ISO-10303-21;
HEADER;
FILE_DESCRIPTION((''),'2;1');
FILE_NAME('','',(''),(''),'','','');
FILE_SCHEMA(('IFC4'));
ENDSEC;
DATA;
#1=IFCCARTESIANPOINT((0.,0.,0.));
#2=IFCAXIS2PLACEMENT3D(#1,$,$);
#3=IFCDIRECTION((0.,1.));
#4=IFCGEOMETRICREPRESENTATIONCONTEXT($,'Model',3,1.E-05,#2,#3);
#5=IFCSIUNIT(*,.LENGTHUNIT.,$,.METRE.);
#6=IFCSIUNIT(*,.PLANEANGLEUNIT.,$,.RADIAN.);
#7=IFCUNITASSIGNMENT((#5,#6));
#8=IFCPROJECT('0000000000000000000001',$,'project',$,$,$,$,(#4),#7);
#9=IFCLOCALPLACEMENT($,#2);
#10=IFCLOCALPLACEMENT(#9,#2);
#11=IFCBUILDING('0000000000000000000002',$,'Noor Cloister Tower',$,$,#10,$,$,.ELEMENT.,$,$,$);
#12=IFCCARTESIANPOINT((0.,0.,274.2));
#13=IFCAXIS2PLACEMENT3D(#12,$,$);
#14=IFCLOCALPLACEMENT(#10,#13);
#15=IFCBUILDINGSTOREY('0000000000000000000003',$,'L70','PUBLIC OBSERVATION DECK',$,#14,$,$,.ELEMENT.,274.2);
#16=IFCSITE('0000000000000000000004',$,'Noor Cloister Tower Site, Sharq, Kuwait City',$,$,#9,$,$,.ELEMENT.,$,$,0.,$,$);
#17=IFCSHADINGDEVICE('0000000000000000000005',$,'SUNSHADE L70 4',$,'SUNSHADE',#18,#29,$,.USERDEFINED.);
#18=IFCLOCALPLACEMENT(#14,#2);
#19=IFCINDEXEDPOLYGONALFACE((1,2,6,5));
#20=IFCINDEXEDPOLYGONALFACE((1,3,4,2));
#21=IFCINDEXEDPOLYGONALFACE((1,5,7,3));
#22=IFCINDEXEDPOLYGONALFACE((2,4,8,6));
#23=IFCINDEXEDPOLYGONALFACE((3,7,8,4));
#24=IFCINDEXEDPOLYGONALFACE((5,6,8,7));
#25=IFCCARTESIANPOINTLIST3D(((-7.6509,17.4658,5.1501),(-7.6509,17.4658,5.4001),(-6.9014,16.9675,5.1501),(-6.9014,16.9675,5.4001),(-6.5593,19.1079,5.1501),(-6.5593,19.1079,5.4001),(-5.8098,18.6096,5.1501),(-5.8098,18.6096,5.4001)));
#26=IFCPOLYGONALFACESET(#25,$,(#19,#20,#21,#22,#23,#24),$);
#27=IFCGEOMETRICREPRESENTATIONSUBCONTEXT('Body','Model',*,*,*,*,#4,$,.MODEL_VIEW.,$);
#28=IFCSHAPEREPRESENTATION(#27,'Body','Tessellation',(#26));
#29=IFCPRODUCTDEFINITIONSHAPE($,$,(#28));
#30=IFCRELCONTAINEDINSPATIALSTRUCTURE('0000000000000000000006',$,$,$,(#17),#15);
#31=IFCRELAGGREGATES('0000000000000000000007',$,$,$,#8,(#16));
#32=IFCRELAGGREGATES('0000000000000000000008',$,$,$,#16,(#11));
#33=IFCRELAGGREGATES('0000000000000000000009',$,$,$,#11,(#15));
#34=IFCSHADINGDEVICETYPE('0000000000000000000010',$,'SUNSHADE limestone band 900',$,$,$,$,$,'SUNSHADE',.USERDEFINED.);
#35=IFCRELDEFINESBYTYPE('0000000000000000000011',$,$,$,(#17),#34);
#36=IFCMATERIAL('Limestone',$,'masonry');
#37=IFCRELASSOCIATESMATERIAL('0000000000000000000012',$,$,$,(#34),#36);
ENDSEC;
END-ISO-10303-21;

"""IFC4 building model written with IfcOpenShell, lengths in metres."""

from ifc_helpers import new_model, si_unit, direction, frame, origin, place, context, subcontext, project, spatial, polyline, outline, extrude, material, type_object, element, save


model = new_model("IFC4")

# Units and contexts
model_context = context("Model", 3, precision=1e-05, world=origin(), true_north=direction((0.0, 1.0)))
body_context = subcontext(model_context, "Body", "Model", "MODEL_VIEW")
ifc_project = project(units=[si_unit("LENGTHUNIT", "METRE"), si_unit("PLANEANGLEUNIT", "RADIAN")], contexts=[model_context])

# Site, building, storey
site_placement = place(None, origin())
site = spatial("IfcSite", under=ifc_project, at=site_placement, Name="Noor Cloister Tower Site, Sharq, Kuwait City", CompositionType="ELEMENT", RefElevation=0.0)
building_placement = place(site_placement, origin())
building = spatial("IfcBuilding", under=site, at=building_placement, Name="Noor Cloister Tower", CompositionType="ELEMENT")
storey_placement = place(building_placement, frame((0.0, 0.0, 274.2)))
storey = spatial("IfcBuildingStorey", under=building, at=storey_placement, Name="L70", Description="PUBLIC OBSERVATION DECK", CompositionType="ELEMENT", Elevation=274.2)

# Shading device
ifc_material_1 = material(Name="Limestone", Category="masonry")
shading_device_type = type_object("IfcShadingDeviceType", Name="SUNSHADE limestone band 900", ElementType="SUNSHADE", PredefinedType="USERDEFINED", material=ifc_material_1)
shading_device_1_placement = place(storey_placement, frame((0.0, 0.0, 5.1501)))
element("IfcShadingDevice", 1, at=shading_device_1_placement, inside=storey, type_object=shading_device_type, Name="SUNSHADE L70 4", ObjectType="SUNSHADE", PredefinedType="USERDEFINED", context=body_context, shape_type="SweptSolid", body=[
    extrude(outline(polyline([(-6.5593, 19.1079), (-7.6509, 17.4658), (-6.9014, 16.9675), (-5.8098, 18.6096), (-6.5593, 19.1079)])), origin(), (0.0, 0.0, 1.0), 0.25),
])

save(model, "model.ifc")
